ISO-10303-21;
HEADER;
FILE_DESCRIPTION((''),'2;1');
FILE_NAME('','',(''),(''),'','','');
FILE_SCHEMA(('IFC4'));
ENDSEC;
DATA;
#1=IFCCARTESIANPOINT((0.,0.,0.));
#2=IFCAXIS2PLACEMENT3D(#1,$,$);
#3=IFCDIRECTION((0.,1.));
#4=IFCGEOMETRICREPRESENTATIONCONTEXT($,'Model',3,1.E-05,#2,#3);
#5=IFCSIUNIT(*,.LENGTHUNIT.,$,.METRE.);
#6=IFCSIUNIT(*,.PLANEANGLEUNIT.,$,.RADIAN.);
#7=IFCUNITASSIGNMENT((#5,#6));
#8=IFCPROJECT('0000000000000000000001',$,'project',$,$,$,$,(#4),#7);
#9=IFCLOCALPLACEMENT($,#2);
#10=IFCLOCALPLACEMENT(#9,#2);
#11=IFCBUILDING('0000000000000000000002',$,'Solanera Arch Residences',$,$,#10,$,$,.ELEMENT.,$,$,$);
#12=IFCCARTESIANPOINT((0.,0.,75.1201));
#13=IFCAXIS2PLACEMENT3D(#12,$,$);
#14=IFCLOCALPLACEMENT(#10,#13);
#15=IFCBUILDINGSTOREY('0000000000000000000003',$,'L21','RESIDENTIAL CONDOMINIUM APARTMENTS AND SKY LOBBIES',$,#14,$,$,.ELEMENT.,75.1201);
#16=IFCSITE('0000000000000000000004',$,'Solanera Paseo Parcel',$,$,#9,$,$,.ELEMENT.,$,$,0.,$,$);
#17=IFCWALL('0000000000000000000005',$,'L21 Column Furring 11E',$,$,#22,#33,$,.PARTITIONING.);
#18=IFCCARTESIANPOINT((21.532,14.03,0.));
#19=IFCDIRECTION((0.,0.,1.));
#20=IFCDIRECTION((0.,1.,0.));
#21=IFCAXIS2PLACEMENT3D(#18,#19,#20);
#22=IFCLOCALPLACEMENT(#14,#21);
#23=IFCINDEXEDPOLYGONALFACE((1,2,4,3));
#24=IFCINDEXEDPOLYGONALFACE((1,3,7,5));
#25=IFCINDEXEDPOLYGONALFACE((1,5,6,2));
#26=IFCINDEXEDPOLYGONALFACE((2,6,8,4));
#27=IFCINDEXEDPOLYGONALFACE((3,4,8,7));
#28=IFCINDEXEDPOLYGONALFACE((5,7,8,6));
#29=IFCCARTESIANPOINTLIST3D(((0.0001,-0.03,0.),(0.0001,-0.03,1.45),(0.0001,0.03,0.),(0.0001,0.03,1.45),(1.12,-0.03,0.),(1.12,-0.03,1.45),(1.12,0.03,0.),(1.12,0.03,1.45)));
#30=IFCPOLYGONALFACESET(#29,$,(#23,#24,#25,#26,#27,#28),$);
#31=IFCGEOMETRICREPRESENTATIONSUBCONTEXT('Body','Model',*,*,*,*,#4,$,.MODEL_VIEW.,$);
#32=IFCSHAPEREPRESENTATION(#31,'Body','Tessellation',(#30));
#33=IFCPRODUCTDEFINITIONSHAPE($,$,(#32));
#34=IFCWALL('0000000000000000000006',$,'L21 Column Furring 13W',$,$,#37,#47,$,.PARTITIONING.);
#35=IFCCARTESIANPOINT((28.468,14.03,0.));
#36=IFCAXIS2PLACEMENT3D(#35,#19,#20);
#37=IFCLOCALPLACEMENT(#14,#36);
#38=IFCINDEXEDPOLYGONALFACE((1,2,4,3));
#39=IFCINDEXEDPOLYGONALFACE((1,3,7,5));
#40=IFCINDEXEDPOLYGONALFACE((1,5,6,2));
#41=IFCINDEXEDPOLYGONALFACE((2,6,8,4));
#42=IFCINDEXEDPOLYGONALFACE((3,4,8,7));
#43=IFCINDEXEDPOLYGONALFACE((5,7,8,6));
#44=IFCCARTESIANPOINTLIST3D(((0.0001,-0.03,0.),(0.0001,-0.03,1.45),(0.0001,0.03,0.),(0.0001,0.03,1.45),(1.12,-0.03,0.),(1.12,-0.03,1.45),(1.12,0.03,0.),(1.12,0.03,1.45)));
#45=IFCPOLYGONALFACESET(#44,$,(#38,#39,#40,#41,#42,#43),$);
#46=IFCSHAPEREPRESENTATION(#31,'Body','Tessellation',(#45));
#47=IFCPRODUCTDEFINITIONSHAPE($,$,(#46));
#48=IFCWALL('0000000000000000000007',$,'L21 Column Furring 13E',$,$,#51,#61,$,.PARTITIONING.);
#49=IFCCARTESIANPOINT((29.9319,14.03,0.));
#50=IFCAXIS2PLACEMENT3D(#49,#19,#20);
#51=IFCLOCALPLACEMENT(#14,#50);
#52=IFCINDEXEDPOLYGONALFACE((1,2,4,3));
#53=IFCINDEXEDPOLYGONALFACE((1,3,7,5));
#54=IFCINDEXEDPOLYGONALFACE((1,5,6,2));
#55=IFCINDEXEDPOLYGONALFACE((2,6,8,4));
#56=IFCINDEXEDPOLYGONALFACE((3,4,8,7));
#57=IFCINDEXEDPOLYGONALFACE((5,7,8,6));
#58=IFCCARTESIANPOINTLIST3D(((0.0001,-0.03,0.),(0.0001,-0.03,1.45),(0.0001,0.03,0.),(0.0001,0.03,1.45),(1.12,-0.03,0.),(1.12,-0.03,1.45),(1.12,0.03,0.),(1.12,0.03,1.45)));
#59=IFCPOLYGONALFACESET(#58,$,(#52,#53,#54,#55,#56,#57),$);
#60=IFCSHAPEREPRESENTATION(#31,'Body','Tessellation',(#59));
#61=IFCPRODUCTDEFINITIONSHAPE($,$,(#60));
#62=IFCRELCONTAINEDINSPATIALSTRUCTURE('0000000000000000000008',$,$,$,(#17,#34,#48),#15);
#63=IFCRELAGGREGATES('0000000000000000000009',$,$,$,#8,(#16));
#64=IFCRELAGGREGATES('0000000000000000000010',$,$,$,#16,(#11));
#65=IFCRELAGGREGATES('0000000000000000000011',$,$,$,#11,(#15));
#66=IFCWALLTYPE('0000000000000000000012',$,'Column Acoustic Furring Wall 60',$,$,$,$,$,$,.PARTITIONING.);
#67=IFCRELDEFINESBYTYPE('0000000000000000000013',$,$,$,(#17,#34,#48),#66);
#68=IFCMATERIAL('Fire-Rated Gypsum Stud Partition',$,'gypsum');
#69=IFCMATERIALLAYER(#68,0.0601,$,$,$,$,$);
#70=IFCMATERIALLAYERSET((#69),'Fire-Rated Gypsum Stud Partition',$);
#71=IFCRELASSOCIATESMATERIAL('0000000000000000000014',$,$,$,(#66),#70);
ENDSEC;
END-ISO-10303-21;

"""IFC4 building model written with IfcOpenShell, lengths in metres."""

from ifc_helpers import new_model, si_unit, direction, frame, frame_2d, origin, place, context, subcontext, project, spatial, rectangle, extrude, material, layer, layer_set, type_object, element, save


model = new_model("IFC4")

# Units and contexts
model_context = context("Model", 3, precision=1e-05, world=origin(), true_north=direction((0.0, 1.0)))
body_context = subcontext(model_context, "Body", "Model", "MODEL_VIEW")
ifc_project = project(units=[si_unit("LENGTHUNIT", "METRE"), si_unit("PLANEANGLEUNIT", "RADIAN")], contexts=[model_context])

# Site, building, storey
site_placement = place(None, origin())
site = spatial("IfcSite", under=ifc_project, at=site_placement, Name="Solanera Paseo Parcel", CompositionType="ELEMENT", RefElevation=0.0)
building_placement = place(site_placement, origin())
building = spatial("IfcBuilding", under=site, at=building_placement, Name="Solanera Arch Residences", CompositionType="ELEMENT")
storey_placement = place(building_placement, frame((0.0, 0.0, 75.1201)))
storey = spatial("IfcBuildingStorey", under=building, at=storey_placement, Name="L21", Description="RESIDENTIAL CONDOMINIUM APARTMENTS AND SKY LOBBIES", CompositionType="ELEMENT", Elevation=75.1201)

# Walls
ifc_material_1 = material(Name="Fire-Rated Gypsum Stud Partition", Category="gypsum")
ifc_layer_1 = layer(ifc_material_1, 0.0601)
ifc_layer_set_1 = layer_set([ifc_layer_1], Name="Fire-Rated Gypsum Stud Partition")
wall_type_1 = type_object("IfcWallType", Name="Column Acoustic Furring Wall 60", PredefinedType="PARTITIONING", material=ifc_layer_set_1)
wall_1_placement = place(storey_placement, frame((21.532, 14.03, 0.0), z_axis=(0.0, 0.0, 1.0), x_axis=(0.0, 1.0, 0.0)))
element("IfcWall", 1, at=wall_1_placement, inside=storey, type_object=wall_type_1, Name="L21 Column Furring 11E", PredefinedType="PARTITIONING", context=body_context, shape_type="SweptSolid", body=[
    extrude(rectangle(XDim=1.1199, YDim=0.0601, at=frame_2d((0.5601, 0.0))), origin(), (0.0, 0.0, 1.0), 1.45),
])
for number, where, z_axis, x_axis, name in (
    (2, (28.468, 14.03, 0.0), (0.0, 0.0, 1.0), (0.0, 1.0, 0.0), "L21 Column Furring 13W"),
    (3, (29.9319, 14.03, 0.0), (0.0, 0.0, 1.0), (0.0, 1.0, 0.0), "L21 Column Furring 13E"),
):
    element("IfcWall", number, at=place(storey_placement, frame(where, z_axis=z_axis, x_axis=x_axis)), inside=storey, type_object=wall_type_1, Name=name, PredefinedType="PARTITIONING", context=body_context, shape_type="SweptSolid", body=[
        extrude(rectangle(XDim=1.1199, YDim=0.0601, at=frame_2d((0.5601, 0.0))), origin(), (0.0, 0.0, 1.0), 1.45),
    ])

save(model, "model.ifc")
